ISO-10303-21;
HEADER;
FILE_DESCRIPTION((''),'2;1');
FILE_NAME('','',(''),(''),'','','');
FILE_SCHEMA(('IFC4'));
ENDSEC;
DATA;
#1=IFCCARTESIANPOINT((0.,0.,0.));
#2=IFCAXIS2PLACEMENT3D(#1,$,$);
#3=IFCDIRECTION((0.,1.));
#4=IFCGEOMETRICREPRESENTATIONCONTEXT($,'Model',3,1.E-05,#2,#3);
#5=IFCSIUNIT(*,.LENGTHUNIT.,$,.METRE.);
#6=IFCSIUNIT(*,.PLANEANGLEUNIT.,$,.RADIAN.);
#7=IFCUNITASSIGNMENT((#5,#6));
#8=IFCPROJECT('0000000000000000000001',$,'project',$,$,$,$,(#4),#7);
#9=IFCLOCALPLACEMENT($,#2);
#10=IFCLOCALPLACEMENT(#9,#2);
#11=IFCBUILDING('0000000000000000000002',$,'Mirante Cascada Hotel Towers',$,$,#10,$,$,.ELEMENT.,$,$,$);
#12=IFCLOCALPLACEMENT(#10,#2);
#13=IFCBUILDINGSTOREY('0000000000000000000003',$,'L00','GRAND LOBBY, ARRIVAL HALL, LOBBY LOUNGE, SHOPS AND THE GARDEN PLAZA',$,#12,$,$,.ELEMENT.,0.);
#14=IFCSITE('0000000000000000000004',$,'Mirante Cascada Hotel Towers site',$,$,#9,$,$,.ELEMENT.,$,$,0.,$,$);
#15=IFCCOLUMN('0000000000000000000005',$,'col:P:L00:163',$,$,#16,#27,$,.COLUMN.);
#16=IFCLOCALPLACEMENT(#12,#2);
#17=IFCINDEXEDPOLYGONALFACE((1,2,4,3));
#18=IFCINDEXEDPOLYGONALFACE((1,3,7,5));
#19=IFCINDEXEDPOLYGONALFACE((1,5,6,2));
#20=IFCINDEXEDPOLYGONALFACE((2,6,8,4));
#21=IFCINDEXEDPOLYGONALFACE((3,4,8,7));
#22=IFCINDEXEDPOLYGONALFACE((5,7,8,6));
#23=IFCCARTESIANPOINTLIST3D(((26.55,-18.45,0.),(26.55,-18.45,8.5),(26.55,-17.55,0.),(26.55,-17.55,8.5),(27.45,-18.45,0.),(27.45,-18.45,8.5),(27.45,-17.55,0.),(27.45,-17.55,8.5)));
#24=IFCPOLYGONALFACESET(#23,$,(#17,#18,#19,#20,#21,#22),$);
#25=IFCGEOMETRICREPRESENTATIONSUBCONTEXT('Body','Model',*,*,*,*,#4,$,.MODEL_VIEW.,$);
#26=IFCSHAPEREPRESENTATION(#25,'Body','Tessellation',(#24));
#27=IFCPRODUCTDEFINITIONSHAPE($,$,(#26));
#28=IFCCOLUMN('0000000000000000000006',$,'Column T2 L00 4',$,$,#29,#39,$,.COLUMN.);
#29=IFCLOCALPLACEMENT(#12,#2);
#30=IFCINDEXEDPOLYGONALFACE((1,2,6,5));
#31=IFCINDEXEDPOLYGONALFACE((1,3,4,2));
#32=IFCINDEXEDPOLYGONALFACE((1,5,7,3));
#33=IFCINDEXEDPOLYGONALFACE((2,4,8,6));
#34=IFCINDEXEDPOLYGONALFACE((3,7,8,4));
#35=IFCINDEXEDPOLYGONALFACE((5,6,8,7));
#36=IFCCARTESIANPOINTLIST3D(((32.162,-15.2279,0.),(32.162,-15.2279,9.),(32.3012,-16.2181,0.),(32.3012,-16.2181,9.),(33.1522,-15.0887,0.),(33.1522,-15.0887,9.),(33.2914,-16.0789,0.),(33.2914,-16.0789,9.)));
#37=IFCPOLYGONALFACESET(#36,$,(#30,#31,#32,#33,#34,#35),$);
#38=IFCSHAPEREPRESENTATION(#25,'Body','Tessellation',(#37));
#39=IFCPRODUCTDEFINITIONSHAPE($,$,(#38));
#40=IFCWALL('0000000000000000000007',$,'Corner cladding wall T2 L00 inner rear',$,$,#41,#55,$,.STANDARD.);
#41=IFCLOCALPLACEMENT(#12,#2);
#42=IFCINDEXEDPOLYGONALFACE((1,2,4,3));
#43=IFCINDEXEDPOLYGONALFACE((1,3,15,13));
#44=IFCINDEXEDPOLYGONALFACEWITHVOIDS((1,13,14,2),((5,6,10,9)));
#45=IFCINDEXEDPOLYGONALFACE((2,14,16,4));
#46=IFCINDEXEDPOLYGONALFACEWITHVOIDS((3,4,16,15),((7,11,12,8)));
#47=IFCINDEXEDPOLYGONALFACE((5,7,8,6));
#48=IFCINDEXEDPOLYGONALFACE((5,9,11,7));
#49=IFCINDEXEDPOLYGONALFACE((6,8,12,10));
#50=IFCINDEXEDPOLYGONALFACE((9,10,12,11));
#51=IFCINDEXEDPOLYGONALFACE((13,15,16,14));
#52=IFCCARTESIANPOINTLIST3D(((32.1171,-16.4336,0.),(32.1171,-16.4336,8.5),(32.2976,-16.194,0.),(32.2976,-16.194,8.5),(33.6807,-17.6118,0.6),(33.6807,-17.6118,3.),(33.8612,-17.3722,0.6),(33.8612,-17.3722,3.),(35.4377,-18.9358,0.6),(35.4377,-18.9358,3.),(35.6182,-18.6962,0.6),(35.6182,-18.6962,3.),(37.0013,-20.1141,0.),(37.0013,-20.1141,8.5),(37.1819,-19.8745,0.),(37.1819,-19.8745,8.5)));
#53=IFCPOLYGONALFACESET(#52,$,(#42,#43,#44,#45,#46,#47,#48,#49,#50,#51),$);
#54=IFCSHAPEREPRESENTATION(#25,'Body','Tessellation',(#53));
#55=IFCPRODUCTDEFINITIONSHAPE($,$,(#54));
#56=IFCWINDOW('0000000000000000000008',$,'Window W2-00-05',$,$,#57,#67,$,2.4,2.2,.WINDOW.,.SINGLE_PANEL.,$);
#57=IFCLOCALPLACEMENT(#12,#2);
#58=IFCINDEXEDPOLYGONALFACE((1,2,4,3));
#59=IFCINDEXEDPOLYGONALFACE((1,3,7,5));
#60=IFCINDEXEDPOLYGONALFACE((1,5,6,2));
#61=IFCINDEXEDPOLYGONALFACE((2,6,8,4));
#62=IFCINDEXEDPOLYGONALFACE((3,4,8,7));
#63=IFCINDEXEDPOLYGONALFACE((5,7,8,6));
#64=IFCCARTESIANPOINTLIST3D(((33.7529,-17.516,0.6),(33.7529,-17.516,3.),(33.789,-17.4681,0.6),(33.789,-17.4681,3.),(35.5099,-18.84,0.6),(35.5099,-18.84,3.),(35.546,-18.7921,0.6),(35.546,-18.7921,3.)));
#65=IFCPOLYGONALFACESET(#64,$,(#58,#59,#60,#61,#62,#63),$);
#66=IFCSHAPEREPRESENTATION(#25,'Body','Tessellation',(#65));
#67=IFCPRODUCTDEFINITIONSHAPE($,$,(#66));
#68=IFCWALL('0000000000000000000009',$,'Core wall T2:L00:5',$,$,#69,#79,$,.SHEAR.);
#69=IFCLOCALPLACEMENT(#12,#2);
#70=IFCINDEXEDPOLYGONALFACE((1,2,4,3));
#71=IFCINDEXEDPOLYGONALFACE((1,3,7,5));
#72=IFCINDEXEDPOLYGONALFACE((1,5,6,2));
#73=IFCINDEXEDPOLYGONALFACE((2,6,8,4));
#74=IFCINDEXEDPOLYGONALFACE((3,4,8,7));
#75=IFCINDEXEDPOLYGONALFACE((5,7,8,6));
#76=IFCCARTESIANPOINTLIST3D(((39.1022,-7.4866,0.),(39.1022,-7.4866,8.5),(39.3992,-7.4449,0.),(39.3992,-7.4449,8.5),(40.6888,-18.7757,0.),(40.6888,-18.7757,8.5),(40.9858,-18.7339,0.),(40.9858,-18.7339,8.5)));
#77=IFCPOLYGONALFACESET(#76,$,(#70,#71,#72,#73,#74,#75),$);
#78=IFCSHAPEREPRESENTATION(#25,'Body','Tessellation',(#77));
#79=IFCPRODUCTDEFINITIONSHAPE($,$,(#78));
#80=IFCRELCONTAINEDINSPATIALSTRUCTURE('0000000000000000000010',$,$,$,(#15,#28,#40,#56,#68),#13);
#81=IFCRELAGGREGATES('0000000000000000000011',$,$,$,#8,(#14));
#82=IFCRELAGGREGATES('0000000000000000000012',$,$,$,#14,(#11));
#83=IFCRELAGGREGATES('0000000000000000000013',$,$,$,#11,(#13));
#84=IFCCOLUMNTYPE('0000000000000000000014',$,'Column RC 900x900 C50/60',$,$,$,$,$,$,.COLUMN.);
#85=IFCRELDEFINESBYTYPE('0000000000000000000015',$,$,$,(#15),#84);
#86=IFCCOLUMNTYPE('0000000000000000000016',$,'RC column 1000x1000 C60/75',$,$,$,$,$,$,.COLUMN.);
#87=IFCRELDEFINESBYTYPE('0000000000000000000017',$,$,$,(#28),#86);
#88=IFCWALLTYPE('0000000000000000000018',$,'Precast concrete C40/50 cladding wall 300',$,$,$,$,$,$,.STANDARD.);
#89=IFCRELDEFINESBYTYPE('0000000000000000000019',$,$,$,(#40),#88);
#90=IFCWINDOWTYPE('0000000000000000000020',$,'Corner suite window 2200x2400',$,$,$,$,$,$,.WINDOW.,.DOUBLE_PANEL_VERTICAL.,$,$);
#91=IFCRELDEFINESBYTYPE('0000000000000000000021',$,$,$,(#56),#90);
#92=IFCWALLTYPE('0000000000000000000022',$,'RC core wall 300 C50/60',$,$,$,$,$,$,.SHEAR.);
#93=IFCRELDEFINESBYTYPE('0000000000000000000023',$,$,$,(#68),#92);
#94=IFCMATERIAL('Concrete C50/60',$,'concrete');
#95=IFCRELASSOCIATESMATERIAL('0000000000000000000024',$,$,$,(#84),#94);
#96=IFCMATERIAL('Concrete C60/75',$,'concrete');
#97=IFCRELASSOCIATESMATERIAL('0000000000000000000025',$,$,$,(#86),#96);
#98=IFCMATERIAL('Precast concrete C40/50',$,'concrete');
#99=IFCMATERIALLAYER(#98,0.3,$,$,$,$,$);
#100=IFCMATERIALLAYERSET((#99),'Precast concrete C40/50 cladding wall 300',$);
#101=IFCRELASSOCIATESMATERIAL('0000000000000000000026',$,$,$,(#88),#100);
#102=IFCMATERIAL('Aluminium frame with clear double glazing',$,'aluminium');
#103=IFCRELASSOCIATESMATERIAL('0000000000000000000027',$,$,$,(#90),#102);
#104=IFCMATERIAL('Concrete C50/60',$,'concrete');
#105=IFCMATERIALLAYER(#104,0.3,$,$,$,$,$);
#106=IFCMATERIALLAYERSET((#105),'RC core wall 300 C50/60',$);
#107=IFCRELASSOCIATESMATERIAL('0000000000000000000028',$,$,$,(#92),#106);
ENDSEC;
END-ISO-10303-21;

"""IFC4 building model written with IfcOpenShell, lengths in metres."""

from ifc_helpers import new_model, si_unit, direction, frame, frame_2d, origin, origin_2d, place, context, subcontext, project, spatial, rectangle, extrude, material, layer, layer_set, material_profile, profile_set, type_object, element, fill, save


model = new_model("IFC4")

# Units and contexts
model_context = context("Model", 3, precision=1e-05, world=origin(), true_north=direction((0.0, 1.0)))
body_context = subcontext(model_context, "Body", "Model", "MODEL_VIEW")
ifc_project = project(units=[si_unit("LENGTHUNIT", "METRE"), si_unit("PLANEANGLEUNIT", "RADIAN")], contexts=[model_context])

# Site, building, storey
site_placement = place(None, origin())
site = spatial("IfcSite", under=ifc_project, at=site_placement, Name="Mirante Cascada Hotel Towers site", CompositionType="ELEMENT", RefElevation=0.0)
building_placement = place(site_placement, origin())
building = spatial("IfcBuilding", under=site, at=building_placement, Name="Mirante Cascada Hotel Towers", CompositionType="ELEMENT")
storey_placement = place(building_placement, origin())
storey = spatial("IfcBuildingStorey", under=building, at=storey_placement, Name="L00", Description="GRAND LOBBY, ARRIVAL HALL, LOBBY LOUNGE, SHOPS AND THE GARDEN PLAZA", CompositionType="ELEMENT", Elevation=0.0)

# Columns
ifc_material_1 = material(Name="Concrete C50/60", Category="concrete")
ifc_material_profile_1 = material_profile(ifc_material_1, rectangle(XDim=0.9, YDim=0.9, at=origin_2d()), Name="RC 900x900")
ifc_profile_set_1 = profile_set([ifc_material_profile_1], Name="Concrete C50/60")
column_type_1 = type_object("IfcColumnType", Name="Column RC 900x900 C50/60", PredefinedType="COLUMN", material=ifc_profile_set_1)
column_1_placement = place(storey_placement, frame((27.0, -18.0, 0.0), z_axis=(0.0, 0.0, 1.0), x_axis=(1.0, 0.0, 0.0)))
element("IfcColumn", 1, at=column_1_placement, inside=storey, type_object=column_type_1, Name="col:P:L00:163", PredefinedType="COLUMN", context=body_context, shape_type="SweptSolid", body=[
    extrude(rectangle(XDim=0.9, YDim=0.9, at=origin_2d()), origin(), (0.0, 0.0, 1.0), 8.5),
])
ifc_material_2 = material(Name="Concrete C60/75", Category="concrete")
ifc_material_profile_2 = material_profile(ifc_material_2, rectangle(XDim=1.0, YDim=1.0, at=origin_2d()), Name="RC column 1000x1000 C60/75")
ifc_profile_set_2 = profile_set([ifc_material_profile_2], Name="Concrete C60/75")
column_type_2 = type_object("IfcColumnType", Name="RC column 1000x1000 C60/75", PredefinedType="COLUMN", material=ifc_profile_set_2)
column_2_placement = place(storey_placement, frame((32.7267, -15.6534, 0.0), z_axis=(0.0, 0.0, 1.0), x_axis=(0.990268, 0.139173, 0.0)))
element("IfcColumn", 2, at=column_2_placement, inside=storey, type_object=column_type_2, Name="Column T2 L00 4", PredefinedType="COLUMN", context=body_context, shape_type="SweptSolid", body=[
    extrude(rectangle(XDim=1.0, YDim=1.0, at=origin_2d()), origin(), (0.0, 0.0, 1.0), 9.0),
])

# Wall, opening, window
ifc_material_3 = material(Name="Precast concrete C40/50", Category="concrete")
ifc_layer_1 = layer(ifc_material_3, 0.3)
ifc_layer_set_1 = layer_set([ifc_layer_1], Name="Precast concrete C40/50 cladding wall 300")
wall_type_1 = type_object("IfcWallType", Name="Precast concrete C40/50 cladding wall 300", PredefinedType="STANDARD", material=ifc_layer_set_1)
wall_1_placement = place(storey_placement, frame((32.2074, -16.3138, 0.0), z_axis=(0.0, 0.0, 1.0), x_axis=(0.798636, -0.601814, 0.0)))
wall_1 = element("IfcWall", 3, at=wall_1_placement, inside=storey, type_object=wall_type_1, Name="Corner cladding wall T2 L00 inner rear", PredefinedType="STANDARD", context=body_context, shape_type="SweptSolid", body=[
    extrude(rectangle(XDim=6.1157, YDim=0.3, at=frame_2d((3.0578, 0.0))), origin(), (0.0, 0.0, 1.0), 8.5),
])
opening_1_placement = place(wall_1_placement, frame((1.9578, 0.0, 0.6)))
opening_1 = element("IfcOpeningElement", 4, at=opening_1_placement, cuts=wall_1, PredefinedType="OPENING", context=body_context, shape_type="SweptSolid", body=[
    extrude(rectangle(XDim=2.2, YDim=2.4, at=frame_2d((1.1, 1.2))), frame((0.0, 0.15, 0.0), z_axis=(0.0, -1.0, 0.0), x_axis=(1.0, 0.0, 0.0)), (0.0, 0.0, 1.0), 0.3),
])
ifc_material_4 = material(Name="Aluminium frame with clear double glazing", Category="aluminium")
window_type = type_object("IfcWindowType", Name="Corner suite window 2200x2400", PartitioningType="DOUBLE_PANEL_VERTICAL", PredefinedType="WINDOW", material=ifc_material_4)
window_placement = place(opening_1_placement, origin())
window = element("IfcWindow", 5, at=window_placement, inside=storey, type_object=window_type, Name="Window W2-00-05", OverallHeight=2.4, OverallWidth=2.2, PartitioningType="SINGLE_PANEL", PredefinedType="WINDOW", context=body_context, shape_type="SweptSolid", body=[
    extrude(rectangle(XDim=2.2, YDim=2.4, at=frame_2d((1.1, 1.2))), frame((0.0, 0.03, 0.0), z_axis=(0.0, -1.0, 0.0), x_axis=(1.0, 0.0, 0.0)), (0.0, 0.0, 1.0), 0.06),
])
fill(opening_1, window)

# Wall
ifc_material_5 = material(Name="Concrete C50/60", Category="concrete")
ifc_layer_2 = layer(ifc_material_5, 0.3)
ifc_layer_set_2 = layer_set([ifc_layer_2], Name="RC core wall 300 C50/60")
wall_type_2 = type_object("IfcWallType", Name="RC core wall 300 C50/60", PredefinedType="SHEAR", material=ifc_layer_set_2)
wall_2_placement = place(storey_placement, frame((40.8373, -18.7548, 0.0), z_axis=(0.0, 0.0, 1.0), x_axis=(-0.139175, 0.990268, 0.0)))
element("IfcWall", 6, at=wall_2_placement, inside=storey, type_object=wall_type_2, Name="Core wall T2:L00:5", PredefinedType="SHEAR", context=body_context, shape_type="SweptSolid", body=[
    extrude(rectangle(XDim=11.4, YDim=0.3, at=frame_2d((5.7, 0.0))), origin(), (0.0, 0.0, 1.0), 8.5),
])

save(model, "model.ifc")
